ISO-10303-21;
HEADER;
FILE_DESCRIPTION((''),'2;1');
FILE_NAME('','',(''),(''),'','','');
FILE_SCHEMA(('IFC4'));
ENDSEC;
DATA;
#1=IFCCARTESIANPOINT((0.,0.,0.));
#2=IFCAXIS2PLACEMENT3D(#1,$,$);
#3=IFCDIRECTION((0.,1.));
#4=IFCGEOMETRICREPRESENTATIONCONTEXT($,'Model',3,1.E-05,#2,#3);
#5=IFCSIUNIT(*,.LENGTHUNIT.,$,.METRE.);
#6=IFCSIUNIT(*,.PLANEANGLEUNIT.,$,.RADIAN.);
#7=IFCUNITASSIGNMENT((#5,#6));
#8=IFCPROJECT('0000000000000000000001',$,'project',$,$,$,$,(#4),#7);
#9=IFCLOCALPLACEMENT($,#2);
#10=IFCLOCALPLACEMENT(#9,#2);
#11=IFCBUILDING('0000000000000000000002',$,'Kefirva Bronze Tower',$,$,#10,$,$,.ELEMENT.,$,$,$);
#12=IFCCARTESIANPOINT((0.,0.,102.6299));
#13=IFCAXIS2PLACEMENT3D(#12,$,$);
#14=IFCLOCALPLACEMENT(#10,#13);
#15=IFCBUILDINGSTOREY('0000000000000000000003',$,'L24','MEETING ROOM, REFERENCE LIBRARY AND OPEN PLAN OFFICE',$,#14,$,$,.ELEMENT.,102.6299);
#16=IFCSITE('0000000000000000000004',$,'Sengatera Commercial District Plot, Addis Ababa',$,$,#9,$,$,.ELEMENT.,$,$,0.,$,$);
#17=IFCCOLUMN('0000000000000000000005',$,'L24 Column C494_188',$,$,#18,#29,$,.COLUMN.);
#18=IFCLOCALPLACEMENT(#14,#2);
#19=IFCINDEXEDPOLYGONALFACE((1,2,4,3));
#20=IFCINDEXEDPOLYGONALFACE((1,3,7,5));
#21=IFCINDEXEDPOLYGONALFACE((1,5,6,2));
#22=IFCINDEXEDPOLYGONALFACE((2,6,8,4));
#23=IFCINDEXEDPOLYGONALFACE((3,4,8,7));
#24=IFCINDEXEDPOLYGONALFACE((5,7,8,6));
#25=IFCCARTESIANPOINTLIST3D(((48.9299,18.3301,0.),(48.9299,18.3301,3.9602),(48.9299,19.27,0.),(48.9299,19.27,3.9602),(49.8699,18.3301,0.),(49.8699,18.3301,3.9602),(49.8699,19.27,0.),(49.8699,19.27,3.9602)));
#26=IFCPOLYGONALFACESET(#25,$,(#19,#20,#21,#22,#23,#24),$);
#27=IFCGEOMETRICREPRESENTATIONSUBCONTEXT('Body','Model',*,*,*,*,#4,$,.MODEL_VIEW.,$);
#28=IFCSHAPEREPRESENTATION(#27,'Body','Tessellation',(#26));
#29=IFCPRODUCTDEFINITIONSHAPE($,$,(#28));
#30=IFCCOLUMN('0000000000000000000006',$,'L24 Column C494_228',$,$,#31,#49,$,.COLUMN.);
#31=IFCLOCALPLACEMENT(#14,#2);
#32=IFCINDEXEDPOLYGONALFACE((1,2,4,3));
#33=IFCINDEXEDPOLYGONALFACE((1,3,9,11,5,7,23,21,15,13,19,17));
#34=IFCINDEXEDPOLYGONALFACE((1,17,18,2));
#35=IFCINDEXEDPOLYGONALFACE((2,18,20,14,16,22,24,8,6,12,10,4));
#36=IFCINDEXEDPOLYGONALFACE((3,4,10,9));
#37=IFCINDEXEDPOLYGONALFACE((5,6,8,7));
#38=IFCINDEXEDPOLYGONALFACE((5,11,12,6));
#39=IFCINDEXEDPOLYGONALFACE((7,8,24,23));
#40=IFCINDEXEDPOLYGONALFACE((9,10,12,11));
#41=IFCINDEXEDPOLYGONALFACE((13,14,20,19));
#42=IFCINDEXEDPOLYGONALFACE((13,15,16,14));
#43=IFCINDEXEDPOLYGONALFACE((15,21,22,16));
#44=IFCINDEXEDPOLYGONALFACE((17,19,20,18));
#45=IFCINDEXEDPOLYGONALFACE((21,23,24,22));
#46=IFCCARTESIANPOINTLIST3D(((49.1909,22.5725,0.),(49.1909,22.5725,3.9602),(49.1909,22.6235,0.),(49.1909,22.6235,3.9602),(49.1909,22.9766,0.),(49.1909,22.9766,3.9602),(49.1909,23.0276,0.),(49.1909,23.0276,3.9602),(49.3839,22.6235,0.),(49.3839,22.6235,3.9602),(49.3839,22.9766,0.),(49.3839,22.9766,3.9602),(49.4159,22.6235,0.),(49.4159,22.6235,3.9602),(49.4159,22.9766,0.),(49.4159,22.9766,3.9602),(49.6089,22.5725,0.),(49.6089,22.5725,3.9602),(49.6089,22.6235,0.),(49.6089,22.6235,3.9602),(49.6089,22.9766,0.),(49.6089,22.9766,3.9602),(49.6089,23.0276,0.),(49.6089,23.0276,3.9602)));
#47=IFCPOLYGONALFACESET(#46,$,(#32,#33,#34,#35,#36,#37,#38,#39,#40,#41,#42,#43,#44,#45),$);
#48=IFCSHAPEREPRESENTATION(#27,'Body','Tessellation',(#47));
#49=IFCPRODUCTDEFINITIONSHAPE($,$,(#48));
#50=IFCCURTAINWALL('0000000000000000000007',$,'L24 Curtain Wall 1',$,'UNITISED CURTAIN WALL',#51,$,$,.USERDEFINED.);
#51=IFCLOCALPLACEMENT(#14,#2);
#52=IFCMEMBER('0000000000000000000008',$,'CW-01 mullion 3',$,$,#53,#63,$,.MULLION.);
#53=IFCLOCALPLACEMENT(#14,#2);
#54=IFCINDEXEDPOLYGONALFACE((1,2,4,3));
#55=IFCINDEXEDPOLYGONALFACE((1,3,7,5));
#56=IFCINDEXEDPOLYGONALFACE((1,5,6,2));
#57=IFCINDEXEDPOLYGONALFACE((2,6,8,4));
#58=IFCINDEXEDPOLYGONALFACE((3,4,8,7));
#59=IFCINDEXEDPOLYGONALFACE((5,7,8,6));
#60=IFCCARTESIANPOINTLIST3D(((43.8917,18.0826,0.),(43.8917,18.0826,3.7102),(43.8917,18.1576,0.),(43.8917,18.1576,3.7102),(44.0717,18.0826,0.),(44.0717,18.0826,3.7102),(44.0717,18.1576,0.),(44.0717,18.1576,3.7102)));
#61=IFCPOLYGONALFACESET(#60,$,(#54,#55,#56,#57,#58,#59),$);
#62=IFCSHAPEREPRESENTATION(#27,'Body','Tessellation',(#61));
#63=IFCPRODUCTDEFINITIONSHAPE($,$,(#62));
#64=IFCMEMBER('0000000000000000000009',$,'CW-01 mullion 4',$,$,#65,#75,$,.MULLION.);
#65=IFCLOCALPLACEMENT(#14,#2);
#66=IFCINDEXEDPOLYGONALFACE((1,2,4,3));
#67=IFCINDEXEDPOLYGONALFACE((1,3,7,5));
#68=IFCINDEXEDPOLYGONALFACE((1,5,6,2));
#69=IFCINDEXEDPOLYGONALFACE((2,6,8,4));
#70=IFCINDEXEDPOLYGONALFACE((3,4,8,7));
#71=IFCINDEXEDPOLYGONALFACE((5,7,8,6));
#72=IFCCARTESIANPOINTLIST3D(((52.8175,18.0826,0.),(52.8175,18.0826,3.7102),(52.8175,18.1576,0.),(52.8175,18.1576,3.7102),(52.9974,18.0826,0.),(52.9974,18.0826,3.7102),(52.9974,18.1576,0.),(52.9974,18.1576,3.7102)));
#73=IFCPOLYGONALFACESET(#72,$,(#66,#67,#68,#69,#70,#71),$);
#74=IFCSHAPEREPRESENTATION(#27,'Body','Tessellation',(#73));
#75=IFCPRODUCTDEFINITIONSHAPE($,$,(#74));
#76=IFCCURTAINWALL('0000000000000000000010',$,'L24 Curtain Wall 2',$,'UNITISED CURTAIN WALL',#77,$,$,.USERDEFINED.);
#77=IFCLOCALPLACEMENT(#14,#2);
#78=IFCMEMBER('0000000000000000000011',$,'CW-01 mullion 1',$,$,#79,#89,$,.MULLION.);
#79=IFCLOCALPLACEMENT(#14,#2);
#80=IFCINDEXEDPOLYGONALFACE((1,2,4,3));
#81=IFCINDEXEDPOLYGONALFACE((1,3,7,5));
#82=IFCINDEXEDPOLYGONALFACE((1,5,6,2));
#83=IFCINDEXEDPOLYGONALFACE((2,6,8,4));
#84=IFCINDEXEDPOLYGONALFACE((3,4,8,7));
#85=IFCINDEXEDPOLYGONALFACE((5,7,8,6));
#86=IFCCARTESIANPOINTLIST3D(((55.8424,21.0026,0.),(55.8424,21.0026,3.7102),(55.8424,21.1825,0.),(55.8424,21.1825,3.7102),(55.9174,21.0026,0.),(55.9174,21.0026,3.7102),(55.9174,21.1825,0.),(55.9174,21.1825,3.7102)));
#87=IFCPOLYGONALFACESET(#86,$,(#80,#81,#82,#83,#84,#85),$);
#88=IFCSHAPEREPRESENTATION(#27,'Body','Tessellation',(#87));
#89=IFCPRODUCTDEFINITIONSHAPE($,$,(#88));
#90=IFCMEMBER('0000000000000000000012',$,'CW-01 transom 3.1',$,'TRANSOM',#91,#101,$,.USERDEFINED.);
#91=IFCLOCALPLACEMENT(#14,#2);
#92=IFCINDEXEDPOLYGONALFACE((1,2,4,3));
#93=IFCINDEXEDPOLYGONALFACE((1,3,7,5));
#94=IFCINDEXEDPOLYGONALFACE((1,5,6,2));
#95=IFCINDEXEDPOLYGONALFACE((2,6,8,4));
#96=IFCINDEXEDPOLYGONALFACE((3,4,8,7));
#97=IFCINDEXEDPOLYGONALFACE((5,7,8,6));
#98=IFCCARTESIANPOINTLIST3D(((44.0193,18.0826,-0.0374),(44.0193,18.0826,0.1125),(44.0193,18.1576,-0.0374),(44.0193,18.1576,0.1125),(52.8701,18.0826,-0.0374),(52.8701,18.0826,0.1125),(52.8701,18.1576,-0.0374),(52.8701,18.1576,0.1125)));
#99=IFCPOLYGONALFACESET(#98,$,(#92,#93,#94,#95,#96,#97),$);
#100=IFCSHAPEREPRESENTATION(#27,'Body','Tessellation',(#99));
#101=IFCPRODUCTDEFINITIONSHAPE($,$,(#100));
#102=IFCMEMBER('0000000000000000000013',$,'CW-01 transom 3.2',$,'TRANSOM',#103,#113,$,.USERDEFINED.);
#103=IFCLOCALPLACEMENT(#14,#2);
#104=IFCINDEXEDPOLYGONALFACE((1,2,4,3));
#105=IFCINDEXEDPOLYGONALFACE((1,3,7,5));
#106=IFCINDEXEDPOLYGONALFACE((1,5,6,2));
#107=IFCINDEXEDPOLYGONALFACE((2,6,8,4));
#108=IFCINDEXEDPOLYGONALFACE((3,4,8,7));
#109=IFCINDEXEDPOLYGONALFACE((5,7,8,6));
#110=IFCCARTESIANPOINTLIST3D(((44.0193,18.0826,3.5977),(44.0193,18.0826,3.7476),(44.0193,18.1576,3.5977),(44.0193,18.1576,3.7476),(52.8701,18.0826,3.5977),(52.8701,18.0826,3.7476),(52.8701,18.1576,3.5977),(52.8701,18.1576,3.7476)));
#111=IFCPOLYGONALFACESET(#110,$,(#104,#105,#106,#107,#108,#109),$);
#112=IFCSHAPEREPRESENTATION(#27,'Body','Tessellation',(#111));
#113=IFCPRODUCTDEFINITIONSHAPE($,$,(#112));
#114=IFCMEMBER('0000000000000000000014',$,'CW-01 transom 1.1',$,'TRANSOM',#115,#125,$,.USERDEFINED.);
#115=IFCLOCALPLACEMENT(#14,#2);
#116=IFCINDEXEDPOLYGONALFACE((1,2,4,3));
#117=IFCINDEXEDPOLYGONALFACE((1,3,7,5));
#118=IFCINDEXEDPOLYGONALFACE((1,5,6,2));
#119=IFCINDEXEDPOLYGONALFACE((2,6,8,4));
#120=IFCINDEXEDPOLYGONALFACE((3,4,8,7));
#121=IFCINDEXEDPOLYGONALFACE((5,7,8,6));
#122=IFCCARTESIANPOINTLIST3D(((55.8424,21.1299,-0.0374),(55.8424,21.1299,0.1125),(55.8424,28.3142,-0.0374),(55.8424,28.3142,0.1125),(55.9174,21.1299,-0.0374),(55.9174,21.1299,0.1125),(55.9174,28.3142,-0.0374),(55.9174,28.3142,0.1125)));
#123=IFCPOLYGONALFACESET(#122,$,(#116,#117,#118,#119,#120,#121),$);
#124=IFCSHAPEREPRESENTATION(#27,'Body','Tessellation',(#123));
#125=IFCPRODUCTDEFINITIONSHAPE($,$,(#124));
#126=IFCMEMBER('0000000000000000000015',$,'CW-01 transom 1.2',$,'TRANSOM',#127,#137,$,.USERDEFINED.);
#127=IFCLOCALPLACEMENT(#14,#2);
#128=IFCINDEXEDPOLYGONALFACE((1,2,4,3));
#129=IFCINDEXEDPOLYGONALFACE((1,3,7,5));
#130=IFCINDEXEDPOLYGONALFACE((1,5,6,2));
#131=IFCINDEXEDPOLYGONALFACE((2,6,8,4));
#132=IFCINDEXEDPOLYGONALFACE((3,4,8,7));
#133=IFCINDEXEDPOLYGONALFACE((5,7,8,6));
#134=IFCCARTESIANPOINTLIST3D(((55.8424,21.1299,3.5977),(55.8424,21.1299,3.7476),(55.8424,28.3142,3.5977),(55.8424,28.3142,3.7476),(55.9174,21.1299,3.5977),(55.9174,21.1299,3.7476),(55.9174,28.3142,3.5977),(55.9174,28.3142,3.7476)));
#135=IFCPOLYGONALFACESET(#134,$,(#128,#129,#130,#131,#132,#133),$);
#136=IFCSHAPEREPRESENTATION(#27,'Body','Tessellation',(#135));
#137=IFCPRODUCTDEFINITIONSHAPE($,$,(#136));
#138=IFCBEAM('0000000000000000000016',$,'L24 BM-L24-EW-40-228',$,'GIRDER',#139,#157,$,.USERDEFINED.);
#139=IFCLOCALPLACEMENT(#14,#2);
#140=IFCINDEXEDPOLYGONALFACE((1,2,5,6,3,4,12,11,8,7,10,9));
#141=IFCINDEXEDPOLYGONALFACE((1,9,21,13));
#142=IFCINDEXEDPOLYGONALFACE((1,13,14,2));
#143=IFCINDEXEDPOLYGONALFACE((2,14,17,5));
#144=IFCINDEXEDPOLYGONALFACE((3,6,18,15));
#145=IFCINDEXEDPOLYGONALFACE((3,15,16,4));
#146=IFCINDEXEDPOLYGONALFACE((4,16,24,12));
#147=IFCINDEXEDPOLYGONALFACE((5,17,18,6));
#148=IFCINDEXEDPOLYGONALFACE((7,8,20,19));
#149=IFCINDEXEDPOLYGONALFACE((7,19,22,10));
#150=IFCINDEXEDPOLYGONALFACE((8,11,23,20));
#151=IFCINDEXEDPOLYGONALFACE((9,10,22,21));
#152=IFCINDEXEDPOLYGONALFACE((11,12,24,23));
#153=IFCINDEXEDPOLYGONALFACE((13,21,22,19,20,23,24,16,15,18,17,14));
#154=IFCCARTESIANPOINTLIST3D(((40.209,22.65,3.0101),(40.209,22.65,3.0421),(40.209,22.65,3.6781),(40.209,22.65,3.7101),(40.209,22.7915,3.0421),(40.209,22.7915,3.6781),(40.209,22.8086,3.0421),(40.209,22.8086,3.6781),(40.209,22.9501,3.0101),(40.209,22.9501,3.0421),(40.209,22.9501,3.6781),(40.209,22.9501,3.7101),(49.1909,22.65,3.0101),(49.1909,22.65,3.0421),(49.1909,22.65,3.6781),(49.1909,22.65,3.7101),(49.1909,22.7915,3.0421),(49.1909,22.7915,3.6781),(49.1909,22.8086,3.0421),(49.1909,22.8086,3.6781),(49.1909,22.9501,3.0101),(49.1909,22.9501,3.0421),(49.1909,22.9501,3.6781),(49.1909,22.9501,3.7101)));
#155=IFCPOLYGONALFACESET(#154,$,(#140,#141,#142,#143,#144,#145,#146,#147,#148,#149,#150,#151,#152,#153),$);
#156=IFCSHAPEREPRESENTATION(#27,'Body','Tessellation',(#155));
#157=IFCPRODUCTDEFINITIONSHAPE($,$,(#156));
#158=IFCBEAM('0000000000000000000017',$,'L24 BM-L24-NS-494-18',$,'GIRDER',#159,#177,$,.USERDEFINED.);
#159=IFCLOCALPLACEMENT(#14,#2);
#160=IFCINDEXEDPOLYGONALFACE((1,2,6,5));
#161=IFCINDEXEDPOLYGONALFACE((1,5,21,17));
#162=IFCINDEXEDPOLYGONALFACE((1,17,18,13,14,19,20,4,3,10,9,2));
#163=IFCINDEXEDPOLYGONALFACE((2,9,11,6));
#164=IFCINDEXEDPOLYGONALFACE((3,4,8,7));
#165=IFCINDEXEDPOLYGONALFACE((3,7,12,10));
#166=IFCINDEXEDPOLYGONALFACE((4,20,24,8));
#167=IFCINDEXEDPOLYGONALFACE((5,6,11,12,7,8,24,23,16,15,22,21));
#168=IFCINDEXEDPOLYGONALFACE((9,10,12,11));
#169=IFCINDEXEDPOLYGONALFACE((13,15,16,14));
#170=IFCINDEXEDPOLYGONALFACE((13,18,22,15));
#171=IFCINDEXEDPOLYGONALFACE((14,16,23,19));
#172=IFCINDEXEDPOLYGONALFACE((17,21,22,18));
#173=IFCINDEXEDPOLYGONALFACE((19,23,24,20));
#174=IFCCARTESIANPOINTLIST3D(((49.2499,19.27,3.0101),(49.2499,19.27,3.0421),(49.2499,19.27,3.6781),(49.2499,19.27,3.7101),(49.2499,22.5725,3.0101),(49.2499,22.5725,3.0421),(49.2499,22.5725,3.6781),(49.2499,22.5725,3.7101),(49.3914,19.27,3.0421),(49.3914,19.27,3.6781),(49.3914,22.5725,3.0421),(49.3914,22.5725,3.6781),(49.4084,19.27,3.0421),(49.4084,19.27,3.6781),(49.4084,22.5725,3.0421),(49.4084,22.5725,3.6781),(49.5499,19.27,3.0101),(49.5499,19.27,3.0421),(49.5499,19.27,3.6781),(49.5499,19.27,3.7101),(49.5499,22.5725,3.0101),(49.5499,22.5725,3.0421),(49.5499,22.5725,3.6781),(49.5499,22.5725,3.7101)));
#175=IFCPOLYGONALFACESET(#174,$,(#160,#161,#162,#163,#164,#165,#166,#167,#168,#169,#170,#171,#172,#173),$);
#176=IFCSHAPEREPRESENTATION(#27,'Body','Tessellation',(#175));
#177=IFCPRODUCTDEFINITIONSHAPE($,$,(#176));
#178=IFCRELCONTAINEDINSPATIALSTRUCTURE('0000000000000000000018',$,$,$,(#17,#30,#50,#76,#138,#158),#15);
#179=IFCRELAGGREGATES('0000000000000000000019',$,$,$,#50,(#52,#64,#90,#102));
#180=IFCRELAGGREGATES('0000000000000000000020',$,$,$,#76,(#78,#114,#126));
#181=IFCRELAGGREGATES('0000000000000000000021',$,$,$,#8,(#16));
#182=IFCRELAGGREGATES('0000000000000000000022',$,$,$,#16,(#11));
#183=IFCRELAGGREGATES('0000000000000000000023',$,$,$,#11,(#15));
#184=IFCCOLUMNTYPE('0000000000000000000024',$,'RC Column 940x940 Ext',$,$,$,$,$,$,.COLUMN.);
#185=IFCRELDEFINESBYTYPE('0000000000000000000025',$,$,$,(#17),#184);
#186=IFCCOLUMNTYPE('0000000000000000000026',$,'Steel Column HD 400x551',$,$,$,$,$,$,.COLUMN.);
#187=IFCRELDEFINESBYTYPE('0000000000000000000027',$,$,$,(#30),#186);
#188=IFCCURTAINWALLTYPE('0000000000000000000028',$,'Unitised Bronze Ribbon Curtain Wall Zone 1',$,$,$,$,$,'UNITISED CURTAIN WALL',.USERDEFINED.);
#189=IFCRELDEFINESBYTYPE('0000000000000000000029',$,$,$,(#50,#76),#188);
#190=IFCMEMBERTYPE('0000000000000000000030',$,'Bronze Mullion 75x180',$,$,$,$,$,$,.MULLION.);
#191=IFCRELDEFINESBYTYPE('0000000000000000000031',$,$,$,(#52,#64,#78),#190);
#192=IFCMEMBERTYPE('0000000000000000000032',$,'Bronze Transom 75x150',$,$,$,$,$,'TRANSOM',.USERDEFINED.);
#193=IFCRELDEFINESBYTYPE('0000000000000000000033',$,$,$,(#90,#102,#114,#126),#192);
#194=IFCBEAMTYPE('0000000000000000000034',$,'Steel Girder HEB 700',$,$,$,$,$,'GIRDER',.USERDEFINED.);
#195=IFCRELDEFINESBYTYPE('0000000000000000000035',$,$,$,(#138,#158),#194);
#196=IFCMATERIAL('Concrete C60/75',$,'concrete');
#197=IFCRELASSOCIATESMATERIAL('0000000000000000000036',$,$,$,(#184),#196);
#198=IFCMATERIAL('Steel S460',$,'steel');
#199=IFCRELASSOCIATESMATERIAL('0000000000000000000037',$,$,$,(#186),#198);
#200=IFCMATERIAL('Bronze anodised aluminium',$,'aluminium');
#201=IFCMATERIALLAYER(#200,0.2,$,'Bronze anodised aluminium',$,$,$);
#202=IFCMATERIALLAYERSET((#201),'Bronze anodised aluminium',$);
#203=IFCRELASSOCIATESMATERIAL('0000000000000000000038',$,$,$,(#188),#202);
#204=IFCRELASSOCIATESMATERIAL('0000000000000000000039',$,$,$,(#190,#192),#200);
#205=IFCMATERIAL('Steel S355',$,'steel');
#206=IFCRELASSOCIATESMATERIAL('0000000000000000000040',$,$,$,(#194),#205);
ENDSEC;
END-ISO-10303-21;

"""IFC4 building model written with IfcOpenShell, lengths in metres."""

from ifc_helpers import new_model, si_unit, direction, frame, origin, origin_2d, place, context, subcontext, project, spatial, rectangle, i_section, extrude, material, layer, layer_set, material_profile, profile_set, type_object, element, aggregate, save


model = new_model("IFC4")

# Units and contexts
model_context = context("Model", 3, precision=1e-05, world=origin(), true_north=direction((0.0, 1.0)))
body_context = subcontext(model_context, "Body", "Model", "MODEL_VIEW")
ifc_project = project(units=[si_unit("LENGTHUNIT", "METRE"), si_unit("PLANEANGLEUNIT", "RADIAN")], contexts=[model_context])

# Site, building, storey
site_placement = place(None, origin())
site = spatial("IfcSite", under=ifc_project, at=site_placement, Name="Sengatera Commercial District Plot, Addis Ababa", CompositionType="ELEMENT", RefElevation=0.0)
building_placement = place(site_placement, origin())
building = spatial("IfcBuilding", under=site, at=building_placement, Name="Kefirva Bronze Tower", CompositionType="ELEMENT")
storey_placement = place(building_placement, frame((0.0, 0.0, 102.6299)))
storey = spatial("IfcBuildingStorey", under=building, at=storey_placement, Name="L24", Description="MEETING ROOM, REFERENCE LIBRARY AND OPEN PLAN OFFICE", CompositionType="ELEMENT", Elevation=102.6299)

# Columns
ifc_material_1 = material(Name="Concrete C60/75", Category="concrete")
ifc_material_profile_1 = material_profile(ifc_material_1, rectangle(XDim=0.9399, YDim=0.9399, at=origin_2d()), Name="RC 940x940")
ifc_profile_set_1 = profile_set([ifc_material_profile_1], Name="Concrete C60/75")
column_type_1 = type_object("IfcColumnType", Name="RC Column 940x940 Ext", PredefinedType="COLUMN", material=ifc_profile_set_1)
column_1_placement = place(storey_placement, frame((49.3999, 18.8, 0.0), z_axis=(0.0, 0.0, 1.0), x_axis=(1.0, 0.0, 0.0)))
element("IfcColumn", 1, at=column_1_placement, inside=storey, type_object=column_type_1, Name="L24 Column C494_188", PredefinedType="COLUMN", context=body_context, shape_type="SweptSolid", body=[
    extrude(rectangle(XDim=0.9399, YDim=0.9399, at=origin_2d()), origin(), (0.0, 0.0, 1.0), 3.9602),
])
ifc_material_2 = material(Name="Steel S460", Category="steel")
ifc_material_profile_2 = material_profile(ifc_material_2, i_section(OverallWidth=0.418, OverallDepth=0.4551, WebThickness=0.032, FlangeThickness=0.051, at=origin_2d()), Name="HD 400x551")
ifc_profile_set_2 = profile_set([ifc_material_profile_2], Name="Steel S460")
column_type_2 = type_object("IfcColumnType", Name="Steel Column HD 400x551", PredefinedType="COLUMN", material=ifc_profile_set_2)
column_2_placement = place(storey_placement, frame((49.3999, 22.8, 0.0), z_axis=(0.0, 0.0, 1.0), x_axis=(1.0, 0.0, 0.0)))
element("IfcColumn", 2, at=column_2_placement, inside=storey, type_object=column_type_2, Name="L24 Column C494_228", PredefinedType="COLUMN", context=body_context, shape_type="SweptSolid", body=[
    extrude(i_section(OverallWidth=0.418, OverallDepth=0.4551, WebThickness=0.032, FlangeThickness=0.051, at=origin_2d()), origin(), (0.0, 0.0, 1.0), 3.9602),
])

# Curtain wall, members
ifc_material_3 = material(Name="Bronze anodised aluminium", Category="aluminium")
ifc_layer_1 = layer(ifc_material_3, 0.2, Name="Bronze anodised aluminium")
ifc_layer_set_1 = layer_set([ifc_layer_1], Name="Bronze anodised aluminium")
curtain_wall_type = type_object("IfcCurtainWallType", Name="Unitised Bronze Ribbon Curtain Wall Zone 1", ElementType="UNITISED CURTAIN WALL", PredefinedType="USERDEFINED", material=ifc_layer_set_1)
curtain_wall_1_placement = place(storey_placement, origin())
curtain_wall_1 = element("IfcCurtainWall", 3, at=curtain_wall_1_placement, inside=storey, type_object=curtain_wall_type, Name="L24 Curtain Wall 1", ObjectType="UNITISED CURTAIN WALL", PredefinedType="USERDEFINED")
ifc_material_profile_3 = material_profile(ifc_material_3, rectangle(XDim=0.075, YDim=0.1799, at=origin_2d()), Name="ALU 75x180")
ifc_profile_set_3 = profile_set([ifc_material_profile_3], Name="Bronze anodised aluminium")
member_type_1 = type_object("IfcMemberType", Name="Bronze Mullion 75x180", PredefinedType="MULLION", material=ifc_profile_set_3)
member_1_placement = place(storey_placement, frame((43.9817, 18.1201, 0.0), z_axis=(0.0, 0.0, 1.0), x_axis=(0.0, 1.0, 0.0)))
member_1 = element("IfcMember", 4, at=member_1_placement, type_object=member_type_1, Name="CW-01 mullion 3", PredefinedType="MULLION", context=body_context, shape_type="SweptSolid", body=[
    extrude(rectangle(XDim=0.075, YDim=0.1799, at=origin_2d()), origin(), (0.0, 0.0, 1.0), 3.7102),
])
member_2_placement = place(storey_placement, frame((52.9075, 18.1201, 0.0), z_axis=(0.0, 0.0, 1.0), x_axis=(0.0, 1.0, 0.0)))
member_2 = element("IfcMember", 5, at=member_2_placement, type_object=member_type_1, Name="CW-01 mullion 4", PredefinedType="MULLION", context=body_context, shape_type="SweptSolid", body=[
    extrude(rectangle(XDim=0.075, YDim=0.1799, at=origin_2d()), origin(), (0.0, 0.0, 1.0), 3.7102),
])

# Curtain wall, member
curtain_wall_2_placement = place(storey_placement, origin())
curtain_wall_2 = element("IfcCurtainWall", 6, at=curtain_wall_2_placement, inside=storey, type_object=curtain_wall_type, Name="L24 Curtain Wall 2", ObjectType="UNITISED CURTAIN WALL", PredefinedType="USERDEFINED")
member_3_placement = place(storey_placement, frame((55.8799, 21.0925, 0.0), z_axis=(0.0, 0.0, 1.0), x_axis=(-1.0, 0.0, 0.0)))
member_3 = element("IfcMember", 7, at=member_3_placement, type_object=member_type_1, Name="CW-01 mullion 1", PredefinedType="MULLION", context=body_context, shape_type="SweptSolid", body=[
    extrude(rectangle(XDim=0.075, YDim=0.1799, at=origin_2d()), origin(), (0.0, 0.0, 1.0), 3.7102),
])

# Members
ifc_material_profile_4 = material_profile(ifc_material_3, rectangle(XDim=0.075, YDim=0.1499, at=origin_2d()), Name="ALU 75x150")
ifc_profile_set_4 = profile_set([ifc_material_profile_4], Name="Bronze anodised aluminium")
member_type_2 = type_object("IfcMemberType", Name="Bronze Transom 75x150", ElementType="TRANSOM", PredefinedType="USERDEFINED", material=ifc_profile_set_4)
member_4_placement = place(storey_placement, frame((44.0193, 18.1201, 0.0376), z_axis=(1.0, 0.0, 0.0), x_axis=(0.0, 1.0, 0.0)))
member_4 = element("IfcMember", 8, at=member_4_placement, type_object=member_type_2, Name="CW-01 transom 3.1", ObjectType="TRANSOM", PredefinedType="USERDEFINED", context=body_context, shape_type="SweptSolid", body=[
    extrude(rectangle(XDim=0.075, YDim=0.1499, at=origin_2d()), origin(), (0.0, 0.0, 1.0), 8.8508),
])
member_5_placement = place(storey_placement, frame((44.0193, 18.1201, 3.6726), z_axis=(1.0, 0.0, 0.0), x_axis=(0.0, 1.0, 0.0)))
member_5 = element("IfcMember", 9, at=member_5_placement, type_object=member_type_2, Name="CW-01 transom 3.2", ObjectType="TRANSOM", PredefinedType="USERDEFINED", context=body_context, shape_type="SweptSolid", body=[
    extrude(rectangle(XDim=0.075, YDim=0.1499, at=origin_2d()), origin(), (0.0, 0.0, 1.0), 8.8508),
])
member_6_placement = place(storey_placement, frame((55.8799, 21.1299, 0.0376), z_axis=(0.0, 1.0, 0.0), x_axis=(-1.0, 0.0, 0.0)))
member_6 = element("IfcMember", 10, at=member_6_placement, type_object=member_type_2, Name="CW-01 transom 1.1", ObjectType="TRANSOM", PredefinedType="USERDEFINED", context=body_context, shape_type="SweptSolid", body=[
    extrude(rectangle(XDim=0.075, YDim=0.1499, at=origin_2d()), origin(), (0.0, 0.0, 1.0), 7.1843),
])
member_7_placement = place(storey_placement, frame((55.8799, 21.1299, 3.6726), z_axis=(0.0, 1.0, 0.0), x_axis=(-1.0, 0.0, 0.0)))
member_7 = element("IfcMember", 11, at=member_7_placement, type_object=member_type_2, Name="CW-01 transom 1.2", ObjectType="TRANSOM", PredefinedType="USERDEFINED", context=body_context, shape_type="SweptSolid", body=[
    extrude(rectangle(XDim=0.075, YDim=0.1499, at=origin_2d()), origin(), (0.0, 0.0, 1.0), 7.1843),
])

# Beams
ifc_material_4 = material(Name="Steel S355", Category="steel")
ifc_material_profile_5 = material_profile(ifc_material_4, i_section(OverallWidth=0.3, OverallDepth=0.7, WebThickness=0.0171, FlangeThickness=0.032, at=origin_2d()), Name="HEB 700")
ifc_profile_set_5 = profile_set([ifc_material_profile_5], Name="Steel S355")
beam_type_1 = type_object("IfcBeamType", Name="Steel Girder HEB 700", ElementType="GIRDER", PredefinedType="USERDEFINED", material=ifc_profile_set_5)
beam_1_placement = place(storey_placement, frame((40.209, 22.8, 3.3601), z_axis=(1.0, 0.0, 0.0), x_axis=(0.0, 1.0, 0.0)))
element("IfcBeam", 12, at=beam_1_placement, inside=storey, type_object=beam_type_1, Name="L24 BM-L24-EW-40-228", ObjectType="GIRDER", PredefinedType="USERDEFINED", context=body_context, shape_type="SweptSolid", body=[
    extrude(i_section(OverallWidth=0.3, OverallDepth=0.7, WebThickness=0.0171, FlangeThickness=0.032, at=origin_2d()), origin(), (0.0, 0.0, 1.0), 8.9819),
])
beam_2_placement = place(storey_placement, frame((49.3999, 19.27, 3.3601), z_axis=(0.0, 1.0, 0.0), x_axis=(-1.0, 0.0, 0.0)))
element("IfcBeam", 13, at=beam_2_placement, inside=storey, type_object=beam_type_1, Name="L24 BM-L24-NS-494-18", ObjectType="GIRDER", PredefinedType="USERDEFINED", context=body_context, shape_type="SweptSolid", body=[
    extrude(i_section(OverallWidth=0.3, OverallDepth=0.7, WebThickness=0.0171, FlangeThickness=0.032, at=origin_2d()), origin(), (0.0, 0.0, 1.0), 3.3025),
])

aggregate(curtain_wall_1, [member_1, member_2, member_4, member_5])
aggregate(curtain_wall_2, [member_3, member_6, member_7])

save(model, "model.ifc")
